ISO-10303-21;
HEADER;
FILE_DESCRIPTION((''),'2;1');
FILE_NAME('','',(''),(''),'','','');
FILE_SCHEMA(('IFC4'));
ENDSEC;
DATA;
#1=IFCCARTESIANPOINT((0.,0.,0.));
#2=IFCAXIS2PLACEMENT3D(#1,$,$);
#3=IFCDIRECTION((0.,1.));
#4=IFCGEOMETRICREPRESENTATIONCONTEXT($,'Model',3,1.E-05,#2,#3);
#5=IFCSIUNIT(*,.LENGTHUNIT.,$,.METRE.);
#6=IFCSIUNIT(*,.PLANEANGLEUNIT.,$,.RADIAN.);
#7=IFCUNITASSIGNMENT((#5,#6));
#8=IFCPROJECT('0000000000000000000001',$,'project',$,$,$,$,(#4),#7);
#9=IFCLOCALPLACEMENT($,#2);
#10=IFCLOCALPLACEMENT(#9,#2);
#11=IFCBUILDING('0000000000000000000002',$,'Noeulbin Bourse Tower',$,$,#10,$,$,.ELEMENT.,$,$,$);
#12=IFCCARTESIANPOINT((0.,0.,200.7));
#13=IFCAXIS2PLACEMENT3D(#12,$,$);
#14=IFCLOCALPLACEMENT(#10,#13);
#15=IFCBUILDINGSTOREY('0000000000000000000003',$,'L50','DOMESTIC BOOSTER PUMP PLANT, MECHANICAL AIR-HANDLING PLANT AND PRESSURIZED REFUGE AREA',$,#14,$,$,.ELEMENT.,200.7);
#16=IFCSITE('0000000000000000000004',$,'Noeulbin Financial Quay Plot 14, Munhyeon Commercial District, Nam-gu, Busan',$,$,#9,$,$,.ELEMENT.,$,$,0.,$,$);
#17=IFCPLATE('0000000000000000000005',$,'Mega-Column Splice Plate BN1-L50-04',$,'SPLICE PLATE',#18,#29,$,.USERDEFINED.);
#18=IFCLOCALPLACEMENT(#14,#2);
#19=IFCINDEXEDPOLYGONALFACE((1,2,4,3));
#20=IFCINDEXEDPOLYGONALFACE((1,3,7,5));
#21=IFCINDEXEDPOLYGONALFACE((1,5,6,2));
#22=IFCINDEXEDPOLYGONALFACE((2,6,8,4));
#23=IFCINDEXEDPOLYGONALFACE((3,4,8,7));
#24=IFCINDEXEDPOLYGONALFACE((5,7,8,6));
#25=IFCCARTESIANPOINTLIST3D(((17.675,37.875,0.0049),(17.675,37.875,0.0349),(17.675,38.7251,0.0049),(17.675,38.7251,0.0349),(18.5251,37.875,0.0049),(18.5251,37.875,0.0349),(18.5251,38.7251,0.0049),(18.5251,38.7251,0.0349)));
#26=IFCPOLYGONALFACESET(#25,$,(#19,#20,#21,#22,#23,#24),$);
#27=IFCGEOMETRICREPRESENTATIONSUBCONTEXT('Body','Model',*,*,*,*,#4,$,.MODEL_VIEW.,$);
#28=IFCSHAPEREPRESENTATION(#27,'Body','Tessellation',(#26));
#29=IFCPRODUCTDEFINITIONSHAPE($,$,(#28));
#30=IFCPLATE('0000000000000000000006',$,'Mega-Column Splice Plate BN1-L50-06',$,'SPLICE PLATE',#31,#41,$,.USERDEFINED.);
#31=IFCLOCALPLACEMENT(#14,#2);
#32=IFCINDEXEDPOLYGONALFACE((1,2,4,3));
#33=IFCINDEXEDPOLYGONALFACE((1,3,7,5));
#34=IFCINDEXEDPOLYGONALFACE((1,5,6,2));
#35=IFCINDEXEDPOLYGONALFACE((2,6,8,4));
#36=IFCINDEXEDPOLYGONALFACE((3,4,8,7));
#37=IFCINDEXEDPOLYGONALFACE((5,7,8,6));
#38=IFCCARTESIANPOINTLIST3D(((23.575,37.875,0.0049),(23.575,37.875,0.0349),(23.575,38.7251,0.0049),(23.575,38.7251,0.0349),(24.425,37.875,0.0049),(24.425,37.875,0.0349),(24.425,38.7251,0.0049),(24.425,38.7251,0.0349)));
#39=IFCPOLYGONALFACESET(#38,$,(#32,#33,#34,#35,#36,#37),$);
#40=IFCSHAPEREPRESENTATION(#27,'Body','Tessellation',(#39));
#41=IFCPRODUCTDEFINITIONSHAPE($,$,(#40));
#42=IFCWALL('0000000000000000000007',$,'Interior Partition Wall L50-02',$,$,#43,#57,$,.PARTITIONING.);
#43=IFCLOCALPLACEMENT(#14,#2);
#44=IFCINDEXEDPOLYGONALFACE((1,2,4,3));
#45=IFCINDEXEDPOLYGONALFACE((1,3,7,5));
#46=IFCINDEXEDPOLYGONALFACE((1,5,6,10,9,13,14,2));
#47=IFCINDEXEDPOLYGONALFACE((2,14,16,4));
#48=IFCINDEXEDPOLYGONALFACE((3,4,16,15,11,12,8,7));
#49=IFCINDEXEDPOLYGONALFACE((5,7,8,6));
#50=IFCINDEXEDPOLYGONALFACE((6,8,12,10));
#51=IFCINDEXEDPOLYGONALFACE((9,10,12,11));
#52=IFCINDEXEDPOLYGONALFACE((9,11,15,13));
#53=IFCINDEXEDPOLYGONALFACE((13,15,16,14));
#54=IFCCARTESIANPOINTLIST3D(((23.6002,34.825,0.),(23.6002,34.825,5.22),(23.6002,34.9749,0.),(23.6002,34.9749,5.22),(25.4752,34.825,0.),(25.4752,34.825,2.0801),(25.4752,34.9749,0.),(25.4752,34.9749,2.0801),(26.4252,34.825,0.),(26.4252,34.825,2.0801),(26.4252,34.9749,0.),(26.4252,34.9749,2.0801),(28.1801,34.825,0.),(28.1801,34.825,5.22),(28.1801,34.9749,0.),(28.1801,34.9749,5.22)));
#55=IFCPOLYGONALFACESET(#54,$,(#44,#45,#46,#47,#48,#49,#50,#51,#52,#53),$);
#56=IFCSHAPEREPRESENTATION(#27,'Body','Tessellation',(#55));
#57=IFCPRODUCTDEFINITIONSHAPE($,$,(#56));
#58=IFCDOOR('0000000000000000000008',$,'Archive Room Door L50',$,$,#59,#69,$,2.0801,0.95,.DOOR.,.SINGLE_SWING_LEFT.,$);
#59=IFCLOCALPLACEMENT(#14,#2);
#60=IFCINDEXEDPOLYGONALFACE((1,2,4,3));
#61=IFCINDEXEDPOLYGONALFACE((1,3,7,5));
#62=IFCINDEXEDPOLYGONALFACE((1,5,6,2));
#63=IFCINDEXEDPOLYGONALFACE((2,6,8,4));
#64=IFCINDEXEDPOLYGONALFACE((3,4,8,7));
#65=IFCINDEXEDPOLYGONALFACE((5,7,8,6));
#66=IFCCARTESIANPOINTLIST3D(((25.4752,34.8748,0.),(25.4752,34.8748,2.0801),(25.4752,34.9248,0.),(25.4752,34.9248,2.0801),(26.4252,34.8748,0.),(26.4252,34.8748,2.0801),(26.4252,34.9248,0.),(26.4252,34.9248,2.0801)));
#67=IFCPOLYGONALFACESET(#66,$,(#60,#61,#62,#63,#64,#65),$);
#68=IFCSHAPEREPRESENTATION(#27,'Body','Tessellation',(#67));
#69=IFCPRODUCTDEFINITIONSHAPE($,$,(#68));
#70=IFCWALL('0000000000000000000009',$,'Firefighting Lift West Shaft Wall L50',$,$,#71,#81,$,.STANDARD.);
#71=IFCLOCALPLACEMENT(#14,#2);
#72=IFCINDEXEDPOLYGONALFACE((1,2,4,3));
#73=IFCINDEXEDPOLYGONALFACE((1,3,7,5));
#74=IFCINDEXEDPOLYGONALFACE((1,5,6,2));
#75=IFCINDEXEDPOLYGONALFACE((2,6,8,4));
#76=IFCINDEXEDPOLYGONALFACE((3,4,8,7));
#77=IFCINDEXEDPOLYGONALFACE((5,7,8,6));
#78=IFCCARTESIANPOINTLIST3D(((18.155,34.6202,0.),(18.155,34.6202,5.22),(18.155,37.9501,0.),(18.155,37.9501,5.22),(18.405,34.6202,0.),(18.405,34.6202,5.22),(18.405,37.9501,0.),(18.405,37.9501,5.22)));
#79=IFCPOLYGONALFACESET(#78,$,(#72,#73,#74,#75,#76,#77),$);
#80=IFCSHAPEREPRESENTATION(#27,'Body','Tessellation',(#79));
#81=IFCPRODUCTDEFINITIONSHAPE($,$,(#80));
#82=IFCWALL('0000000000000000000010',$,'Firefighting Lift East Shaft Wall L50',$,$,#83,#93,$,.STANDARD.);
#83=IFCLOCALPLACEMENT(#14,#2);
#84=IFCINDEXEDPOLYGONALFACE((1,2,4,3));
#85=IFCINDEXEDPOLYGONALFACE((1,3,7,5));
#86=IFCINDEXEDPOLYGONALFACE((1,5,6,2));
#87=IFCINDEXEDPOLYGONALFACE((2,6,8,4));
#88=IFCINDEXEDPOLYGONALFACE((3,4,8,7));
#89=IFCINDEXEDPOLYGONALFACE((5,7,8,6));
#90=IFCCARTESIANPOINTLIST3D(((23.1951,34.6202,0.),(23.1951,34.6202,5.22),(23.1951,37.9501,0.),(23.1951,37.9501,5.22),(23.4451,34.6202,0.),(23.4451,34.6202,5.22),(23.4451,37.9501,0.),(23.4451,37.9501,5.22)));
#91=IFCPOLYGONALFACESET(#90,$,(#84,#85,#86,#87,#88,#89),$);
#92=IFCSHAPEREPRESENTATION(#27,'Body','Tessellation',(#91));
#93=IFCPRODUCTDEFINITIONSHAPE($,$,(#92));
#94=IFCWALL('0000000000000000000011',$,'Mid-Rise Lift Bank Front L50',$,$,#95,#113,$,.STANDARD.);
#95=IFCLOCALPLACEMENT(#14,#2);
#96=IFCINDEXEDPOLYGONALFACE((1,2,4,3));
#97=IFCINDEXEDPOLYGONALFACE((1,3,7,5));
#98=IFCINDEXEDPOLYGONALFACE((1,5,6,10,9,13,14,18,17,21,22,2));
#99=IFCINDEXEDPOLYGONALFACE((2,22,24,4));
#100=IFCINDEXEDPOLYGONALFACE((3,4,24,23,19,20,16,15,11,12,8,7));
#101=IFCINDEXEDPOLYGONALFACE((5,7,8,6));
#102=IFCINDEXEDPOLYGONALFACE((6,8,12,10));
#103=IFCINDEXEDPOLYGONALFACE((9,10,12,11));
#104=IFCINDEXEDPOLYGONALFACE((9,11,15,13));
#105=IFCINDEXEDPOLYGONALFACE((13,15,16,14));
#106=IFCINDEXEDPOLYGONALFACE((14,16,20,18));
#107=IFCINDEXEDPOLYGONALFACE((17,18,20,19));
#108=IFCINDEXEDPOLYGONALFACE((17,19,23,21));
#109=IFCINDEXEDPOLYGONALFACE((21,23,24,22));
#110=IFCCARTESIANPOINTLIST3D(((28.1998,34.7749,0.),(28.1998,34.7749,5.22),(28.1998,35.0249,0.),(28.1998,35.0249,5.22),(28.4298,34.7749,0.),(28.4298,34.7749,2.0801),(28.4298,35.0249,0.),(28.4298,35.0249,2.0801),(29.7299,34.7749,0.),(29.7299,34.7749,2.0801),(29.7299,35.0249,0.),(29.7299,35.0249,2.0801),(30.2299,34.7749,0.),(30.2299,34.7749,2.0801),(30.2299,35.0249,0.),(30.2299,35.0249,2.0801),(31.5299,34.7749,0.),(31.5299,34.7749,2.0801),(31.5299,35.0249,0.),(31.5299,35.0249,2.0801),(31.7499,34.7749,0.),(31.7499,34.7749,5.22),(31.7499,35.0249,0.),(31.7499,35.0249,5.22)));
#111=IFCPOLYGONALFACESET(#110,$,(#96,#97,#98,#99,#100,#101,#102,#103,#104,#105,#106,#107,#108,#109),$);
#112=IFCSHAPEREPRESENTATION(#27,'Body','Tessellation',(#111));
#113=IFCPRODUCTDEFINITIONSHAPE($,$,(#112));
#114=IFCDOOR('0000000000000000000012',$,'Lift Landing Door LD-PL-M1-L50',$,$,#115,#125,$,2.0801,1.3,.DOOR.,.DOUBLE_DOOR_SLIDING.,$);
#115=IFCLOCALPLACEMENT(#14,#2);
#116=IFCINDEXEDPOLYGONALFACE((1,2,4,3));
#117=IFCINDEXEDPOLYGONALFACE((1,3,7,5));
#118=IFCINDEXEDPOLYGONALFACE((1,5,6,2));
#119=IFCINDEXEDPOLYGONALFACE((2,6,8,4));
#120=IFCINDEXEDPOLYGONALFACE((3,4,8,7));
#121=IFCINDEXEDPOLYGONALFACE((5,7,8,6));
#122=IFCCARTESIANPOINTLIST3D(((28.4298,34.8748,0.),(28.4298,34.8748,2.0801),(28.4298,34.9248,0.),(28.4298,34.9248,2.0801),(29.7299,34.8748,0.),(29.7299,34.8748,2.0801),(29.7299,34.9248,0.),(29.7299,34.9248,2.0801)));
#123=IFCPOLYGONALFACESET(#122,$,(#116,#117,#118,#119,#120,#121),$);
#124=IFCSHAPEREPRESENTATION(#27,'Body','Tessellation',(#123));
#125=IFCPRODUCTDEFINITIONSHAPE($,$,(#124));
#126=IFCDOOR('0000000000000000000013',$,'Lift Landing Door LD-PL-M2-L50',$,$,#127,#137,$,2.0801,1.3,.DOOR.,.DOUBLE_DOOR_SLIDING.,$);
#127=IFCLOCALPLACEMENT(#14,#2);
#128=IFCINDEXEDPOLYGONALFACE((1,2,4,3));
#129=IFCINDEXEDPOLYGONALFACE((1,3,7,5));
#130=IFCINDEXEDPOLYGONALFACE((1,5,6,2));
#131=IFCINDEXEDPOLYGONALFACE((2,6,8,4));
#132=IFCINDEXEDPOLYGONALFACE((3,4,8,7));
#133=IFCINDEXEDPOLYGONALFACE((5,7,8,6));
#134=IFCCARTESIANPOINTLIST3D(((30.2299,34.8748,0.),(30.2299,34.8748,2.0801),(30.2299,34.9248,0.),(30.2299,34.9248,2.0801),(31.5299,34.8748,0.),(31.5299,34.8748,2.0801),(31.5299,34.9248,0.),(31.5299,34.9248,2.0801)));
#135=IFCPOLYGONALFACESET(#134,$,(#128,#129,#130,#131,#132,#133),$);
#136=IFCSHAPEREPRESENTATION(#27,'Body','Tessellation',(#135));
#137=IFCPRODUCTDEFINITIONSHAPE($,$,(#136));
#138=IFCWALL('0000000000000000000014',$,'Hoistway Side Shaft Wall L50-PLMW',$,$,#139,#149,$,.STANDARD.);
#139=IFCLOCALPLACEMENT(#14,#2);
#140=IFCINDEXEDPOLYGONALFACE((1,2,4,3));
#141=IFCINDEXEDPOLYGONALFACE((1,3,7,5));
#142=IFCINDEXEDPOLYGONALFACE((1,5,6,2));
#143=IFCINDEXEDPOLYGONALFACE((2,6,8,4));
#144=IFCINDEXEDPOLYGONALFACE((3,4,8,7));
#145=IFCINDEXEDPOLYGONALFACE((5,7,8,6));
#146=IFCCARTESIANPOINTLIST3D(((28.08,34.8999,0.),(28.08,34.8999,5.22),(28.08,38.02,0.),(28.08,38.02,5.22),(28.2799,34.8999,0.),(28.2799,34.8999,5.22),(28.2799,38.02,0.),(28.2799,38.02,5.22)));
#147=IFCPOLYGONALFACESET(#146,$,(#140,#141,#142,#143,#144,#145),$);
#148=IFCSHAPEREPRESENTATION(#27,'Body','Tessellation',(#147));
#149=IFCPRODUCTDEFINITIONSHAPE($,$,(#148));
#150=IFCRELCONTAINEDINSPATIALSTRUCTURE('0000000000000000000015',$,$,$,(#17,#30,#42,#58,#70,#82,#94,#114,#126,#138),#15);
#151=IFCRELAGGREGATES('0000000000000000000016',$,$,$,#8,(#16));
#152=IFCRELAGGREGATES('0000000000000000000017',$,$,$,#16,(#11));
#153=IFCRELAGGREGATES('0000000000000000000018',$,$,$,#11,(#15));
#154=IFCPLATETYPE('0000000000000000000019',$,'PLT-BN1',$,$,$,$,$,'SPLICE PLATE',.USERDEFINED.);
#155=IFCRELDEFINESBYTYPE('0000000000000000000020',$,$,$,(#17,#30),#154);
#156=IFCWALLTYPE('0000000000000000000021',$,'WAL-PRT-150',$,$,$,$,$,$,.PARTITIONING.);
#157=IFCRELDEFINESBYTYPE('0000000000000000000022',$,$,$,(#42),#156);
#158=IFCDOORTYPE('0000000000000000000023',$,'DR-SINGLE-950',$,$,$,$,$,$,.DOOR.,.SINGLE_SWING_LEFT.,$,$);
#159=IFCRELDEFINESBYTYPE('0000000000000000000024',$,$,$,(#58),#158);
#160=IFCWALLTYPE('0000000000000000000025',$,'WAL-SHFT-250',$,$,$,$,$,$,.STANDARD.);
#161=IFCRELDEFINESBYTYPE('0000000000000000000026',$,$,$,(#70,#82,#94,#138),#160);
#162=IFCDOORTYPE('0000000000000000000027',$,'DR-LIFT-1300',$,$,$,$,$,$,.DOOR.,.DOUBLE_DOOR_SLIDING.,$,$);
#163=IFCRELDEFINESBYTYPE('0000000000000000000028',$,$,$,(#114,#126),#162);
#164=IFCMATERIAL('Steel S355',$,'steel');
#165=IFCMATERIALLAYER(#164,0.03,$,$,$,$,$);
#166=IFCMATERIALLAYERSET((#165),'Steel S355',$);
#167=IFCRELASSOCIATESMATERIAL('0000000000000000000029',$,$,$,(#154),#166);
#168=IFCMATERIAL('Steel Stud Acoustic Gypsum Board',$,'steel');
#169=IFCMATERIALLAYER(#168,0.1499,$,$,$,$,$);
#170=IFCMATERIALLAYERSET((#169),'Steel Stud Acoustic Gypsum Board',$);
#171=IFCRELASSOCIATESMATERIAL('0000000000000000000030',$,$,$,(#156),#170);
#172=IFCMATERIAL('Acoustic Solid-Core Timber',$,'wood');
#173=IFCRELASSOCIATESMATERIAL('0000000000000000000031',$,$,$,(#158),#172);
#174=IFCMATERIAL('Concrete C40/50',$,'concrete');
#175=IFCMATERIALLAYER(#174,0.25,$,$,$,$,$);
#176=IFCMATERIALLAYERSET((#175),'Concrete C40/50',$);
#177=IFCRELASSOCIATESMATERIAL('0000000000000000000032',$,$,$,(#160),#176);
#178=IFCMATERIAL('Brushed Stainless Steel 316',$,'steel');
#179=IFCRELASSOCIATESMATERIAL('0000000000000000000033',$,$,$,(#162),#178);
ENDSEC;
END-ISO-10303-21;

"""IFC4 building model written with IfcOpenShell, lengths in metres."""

from ifc_helpers import new_model, si_unit, direction, frame, frame_2d, origin, origin_2d, place, context, subcontext, project, spatial, rectangle, extrude, material, layer, layer_set, type_object, element, fill, save


model = new_model("IFC4")

# Units and contexts
model_context = context("Model", 3, precision=1e-05, world=origin(), true_north=direction((0.0, 1.0)))
body_context = subcontext(model_context, "Body", "Model", "MODEL_VIEW")
ifc_project = project(units=[si_unit("LENGTHUNIT", "METRE"), si_unit("PLANEANGLEUNIT", "RADIAN")], contexts=[model_context])

# Site, building, storey
site_placement = place(None, origin())
site = spatial("IfcSite", under=ifc_project, at=site_placement, Name="Noeulbin Financial Quay Plot 14, Munhyeon Commercial District, Nam-gu, Busan", CompositionType="ELEMENT", RefElevation=0.0)
building_placement = place(site_placement, origin())
building = spatial("IfcBuilding", under=site, at=building_placement, Name="Noeulbin Bourse Tower", CompositionType="ELEMENT")
storey_placement = place(building_placement, frame((0.0, 0.0, 200.7)))
storey = spatial("IfcBuildingStorey", under=building, at=storey_placement, Name="L50", Description="DOMESTIC BOOSTER PUMP PLANT, MECHANICAL AIR-HANDLING PLANT AND PRESSURIZED REFUGE AREA", CompositionType="ELEMENT", Elevation=200.7)

# Plates
ifc_material_1 = material(Name="Steel S355", Category="steel")
ifc_layer_1 = layer(ifc_material_1, 0.03)
ifc_layer_set_1 = layer_set([ifc_layer_1], Name="Steel S355")
plate_type_1 = type_object("IfcPlateType", Name="PLT-BN1", ElementType="SPLICE PLATE", PredefinedType="USERDEFINED", material=ifc_layer_set_1)
for number, where, z_axis, x_axis, name in (
    (1, (18.1001, 38.3, 0.0049), (0.0, 0.0, 1.0), (1.0, 0.0, 0.0), "Mega-Column Splice Plate BN1-L50-04"),
    (2, (24.0, 38.3, 0.0049), (0.0, 0.0, 1.0), (1.0, 0.0, 0.0), "Mega-Column Splice Plate BN1-L50-06"),
):
    element("IfcPlate", number, at=place(storey_placement, frame(where, z_axis=z_axis, x_axis=x_axis)), inside=storey, type_object=plate_type_1, Name=name, ObjectType="SPLICE PLATE", PredefinedType="USERDEFINED", context=body_context, shape_type="SweptSolid", body=[
        extrude(rectangle(XDim=0.8501, YDim=0.8501, at=origin_2d()), origin(), (0.0, 0.0, 1.0), 0.03),
    ])

# Wall, opening, door
ifc_material_2 = material(Name="Steel Stud Acoustic Gypsum Board", Category="steel")
ifc_layer_2 = layer(ifc_material_2, 0.1499)
ifc_layer_set_2 = layer_set([ifc_layer_2], Name="Steel Stud Acoustic Gypsum Board")
wall_type_1 = type_object("IfcWallType", Name="WAL-PRT-150", PredefinedType="PARTITIONING", material=ifc_layer_set_2)
wall_1_placement = place(storey_placement, frame((23.6001, 34.8999, 0.0), z_axis=(0.0, 0.0, 1.0), x_axis=(1.0, 0.0, 0.0)))
wall_1 = element("IfcWall", 3, at=wall_1_placement, inside=storey, type_object=wall_type_1, Name="Interior Partition Wall L50-02", PredefinedType="PARTITIONING", context=body_context, shape_type="SweptSolid", body=[
    extrude(rectangle(XDim=4.5798, YDim=0.1499, at=frame_2d((2.29, 0.0))), origin(), (0.0, 0.0, 1.0), 5.22),
])
opening_1_placement = place(wall_1_placement, frame((1.875, 0.0, 0.0)))
opening_1 = element("IfcOpeningElement", 4, at=opening_1_placement, cuts=wall_1, PredefinedType="OPENING", context=body_context, shape_type="SweptSolid", body=[
    extrude(rectangle(XDim=0.95, YDim=2.0801, at=frame_2d((0.4751, 1.04))), frame((0.0, 0.085, 0.0), z_axis=(0.0, -1.0, 0.0), x_axis=(1.0, 0.0, 0.0)), (0.0, 0.0, 1.0), 0.1699),
])
ifc_material_3 = material(Name="Acoustic Solid-Core Timber", Category="wood")
door_type_1 = type_object("IfcDoorType", Name="DR-SINGLE-950", OperationType="SINGLE_SWING_LEFT", PredefinedType="DOOR", material=ifc_material_3)
door_1_placement = place(opening_1_placement, origin())
door_1 = element("IfcDoor", 5, at=door_1_placement, inside=storey, type_object=door_type_1, Name="Archive Room Door L50", OperationType="SINGLE_SWING_LEFT", OverallHeight=2.0801, OverallWidth=0.95, PredefinedType="DOOR", context=body_context, shape_type="SweptSolid", body=[
    extrude(rectangle(XDim=0.95, YDim=2.0801, at=frame_2d((0.4751, 1.04))), frame((0.0, 0.0249, 0.0), z_axis=(0.0, -1.0, 0.0), x_axis=(1.0, 0.0, 0.0)), (0.0, 0.0, 1.0), 0.05),
])
fill(opening_1, door_1)

# Walls
ifc_material_4 = material(Name="Concrete C40/50", Category="concrete")
ifc_layer_3 = layer(ifc_material_4, 0.25)
ifc_layer_set_3 = layer_set([ifc_layer_3], Name="Concrete C40/50")
wall_type_2 = type_object("IfcWallType", Name="WAL-SHFT-250", PredefinedType="STANDARD", material=ifc_layer_set_3)
for number, where, z_axis, x_axis, name in (
    (6, (18.28, 34.6201, 0.0), (0.0, 0.0, 1.0), (0.0, 1.0, 0.0), "Firefighting Lift West Shaft Wall L50"),
    (7, (23.3201, 34.6201, 0.0), (0.0, 0.0, 1.0), (0.0, 1.0, 0.0), "Firefighting Lift East Shaft Wall L50"),
):
    element("IfcWall", number, at=place(storey_placement, frame(where, z_axis=z_axis, x_axis=x_axis)), inside=storey, type_object=wall_type_2, Name=name, PredefinedType="STANDARD", context=body_context, shape_type="SweptSolid", body=[
        extrude(rectangle(XDim=3.3298, YDim=0.25, at=frame_2d((1.665, 0.0))), origin(), (0.0, 0.0, 1.0), 5.22),
    ])

# Wall, openings, doors
wall_2_placement = place(storey_placement, frame((28.2, 34.8999, 0.0), z_axis=(0.0, 0.0, 1.0), x_axis=(1.0, 0.0, 0.0)))
wall_2 = element("IfcWall", 8, at=wall_2_placement, inside=storey, type_object=wall_type_2, Name="Mid-Rise Lift Bank Front L50", PredefinedType="STANDARD", context=body_context, shape_type="SweptSolid", body=[
    extrude(rectangle(XDim=3.55, YDim=0.25, at=frame_2d((1.7749, 0.0))), origin(), (0.0, 0.0, 1.0), 5.22),
])
opening_2_placement = place(wall_2_placement, frame((0.23, 0.0, 0.0)))
opening_2 = element("IfcOpeningElement", 9, at=opening_2_placement, cuts=wall_2, PredefinedType="OPENING", context=body_context, shape_type="SweptSolid", body=[
    extrude(rectangle(XDim=1.3, YDim=2.0801, at=frame_2d((0.6499, 1.04))), frame((0.0, 0.135, 0.0), z_axis=(0.0, -1.0, 0.0), x_axis=(1.0, 0.0, 0.0)), (0.0, 0.0, 1.0), 0.27),
])
opening_3_placement = place(wall_2_placement, frame((2.03, 0.0, 0.0)))
opening_3 = element("IfcOpeningElement", 10, at=opening_3_placement, cuts=wall_2, PredefinedType="OPENING", context=body_context, shape_type="SweptSolid", body=[
    extrude(rectangle(XDim=1.3, YDim=2.0801, at=frame_2d((0.6499, 1.04))), frame((0.0, 0.135, 0.0), z_axis=(0.0, -1.0, 0.0), x_axis=(1.0, 0.0, 0.0)), (0.0, 0.0, 1.0), 0.27),
])
ifc_material_5 = material(Name="Brushed Stainless Steel 316", Category="steel")
door_type_2 = type_object("IfcDoorType", Name="DR-LIFT-1300", OperationType="DOUBLE_DOOR_SLIDING", PredefinedType="DOOR", material=ifc_material_5)
door_2_placement = place(opening_2_placement, origin())
door_2 = element("IfcDoor", 11, at=door_2_placement, inside=storey, type_object=door_type_2, Name="Lift Landing Door LD-PL-M1-L50", OperationType="DOUBLE_DOOR_SLIDING", OverallHeight=2.0801, OverallWidth=1.3, PredefinedType="DOOR", context=body_context, shape_type="SweptSolid", body=[
    extrude(rectangle(XDim=1.3, YDim=2.0801, at=frame_2d((0.6499, 1.04))), frame((0.0, 0.0249, 0.0), z_axis=(0.0, -1.0, 0.0), x_axis=(1.0, 0.0, 0.0)), (0.0, 0.0, 1.0), 0.05),
])
fill(opening_2, door_2)
door_3_placement = place(opening_3_placement, origin())
door_3 = element("IfcDoor", 12, at=door_3_placement, inside=storey, type_object=door_type_2, Name="Lift Landing Door LD-PL-M2-L50", OperationType="DOUBLE_DOOR_SLIDING", OverallHeight=2.0801, OverallWidth=1.3, PredefinedType="DOOR", context=body_context, shape_type="SweptSolid", body=[
    extrude(rectangle(XDim=1.3, YDim=2.0801, at=frame_2d((0.6499, 1.04))), frame((0.0, 0.0249, 0.0), z_axis=(0.0, -1.0, 0.0), x_axis=(1.0, 0.0, 0.0)), (0.0, 0.0, 1.0), 0.05),
])
fill(opening_3, door_3)

# Wall
wall_3_placement = place(storey_placement, frame((28.1799, 34.8999, 0.0), z_axis=(0.0, 0.0, 1.0), x_axis=(0.0, 1.0, 0.0)))
element("IfcWall", 13, at=wall_3_placement, inside=storey, type_object=wall_type_2, Name="Hoistway Side Shaft Wall L50-PLMW", PredefinedType="STANDARD", context=body_context, shape_type="SweptSolid", body=[
    extrude(rectangle(XDim=3.1201, YDim=0.2, at=frame_2d((1.5601, 0.0))), origin(), (0.0, 0.0, 1.0), 5.22),
])

save(model, "model.ifc")
